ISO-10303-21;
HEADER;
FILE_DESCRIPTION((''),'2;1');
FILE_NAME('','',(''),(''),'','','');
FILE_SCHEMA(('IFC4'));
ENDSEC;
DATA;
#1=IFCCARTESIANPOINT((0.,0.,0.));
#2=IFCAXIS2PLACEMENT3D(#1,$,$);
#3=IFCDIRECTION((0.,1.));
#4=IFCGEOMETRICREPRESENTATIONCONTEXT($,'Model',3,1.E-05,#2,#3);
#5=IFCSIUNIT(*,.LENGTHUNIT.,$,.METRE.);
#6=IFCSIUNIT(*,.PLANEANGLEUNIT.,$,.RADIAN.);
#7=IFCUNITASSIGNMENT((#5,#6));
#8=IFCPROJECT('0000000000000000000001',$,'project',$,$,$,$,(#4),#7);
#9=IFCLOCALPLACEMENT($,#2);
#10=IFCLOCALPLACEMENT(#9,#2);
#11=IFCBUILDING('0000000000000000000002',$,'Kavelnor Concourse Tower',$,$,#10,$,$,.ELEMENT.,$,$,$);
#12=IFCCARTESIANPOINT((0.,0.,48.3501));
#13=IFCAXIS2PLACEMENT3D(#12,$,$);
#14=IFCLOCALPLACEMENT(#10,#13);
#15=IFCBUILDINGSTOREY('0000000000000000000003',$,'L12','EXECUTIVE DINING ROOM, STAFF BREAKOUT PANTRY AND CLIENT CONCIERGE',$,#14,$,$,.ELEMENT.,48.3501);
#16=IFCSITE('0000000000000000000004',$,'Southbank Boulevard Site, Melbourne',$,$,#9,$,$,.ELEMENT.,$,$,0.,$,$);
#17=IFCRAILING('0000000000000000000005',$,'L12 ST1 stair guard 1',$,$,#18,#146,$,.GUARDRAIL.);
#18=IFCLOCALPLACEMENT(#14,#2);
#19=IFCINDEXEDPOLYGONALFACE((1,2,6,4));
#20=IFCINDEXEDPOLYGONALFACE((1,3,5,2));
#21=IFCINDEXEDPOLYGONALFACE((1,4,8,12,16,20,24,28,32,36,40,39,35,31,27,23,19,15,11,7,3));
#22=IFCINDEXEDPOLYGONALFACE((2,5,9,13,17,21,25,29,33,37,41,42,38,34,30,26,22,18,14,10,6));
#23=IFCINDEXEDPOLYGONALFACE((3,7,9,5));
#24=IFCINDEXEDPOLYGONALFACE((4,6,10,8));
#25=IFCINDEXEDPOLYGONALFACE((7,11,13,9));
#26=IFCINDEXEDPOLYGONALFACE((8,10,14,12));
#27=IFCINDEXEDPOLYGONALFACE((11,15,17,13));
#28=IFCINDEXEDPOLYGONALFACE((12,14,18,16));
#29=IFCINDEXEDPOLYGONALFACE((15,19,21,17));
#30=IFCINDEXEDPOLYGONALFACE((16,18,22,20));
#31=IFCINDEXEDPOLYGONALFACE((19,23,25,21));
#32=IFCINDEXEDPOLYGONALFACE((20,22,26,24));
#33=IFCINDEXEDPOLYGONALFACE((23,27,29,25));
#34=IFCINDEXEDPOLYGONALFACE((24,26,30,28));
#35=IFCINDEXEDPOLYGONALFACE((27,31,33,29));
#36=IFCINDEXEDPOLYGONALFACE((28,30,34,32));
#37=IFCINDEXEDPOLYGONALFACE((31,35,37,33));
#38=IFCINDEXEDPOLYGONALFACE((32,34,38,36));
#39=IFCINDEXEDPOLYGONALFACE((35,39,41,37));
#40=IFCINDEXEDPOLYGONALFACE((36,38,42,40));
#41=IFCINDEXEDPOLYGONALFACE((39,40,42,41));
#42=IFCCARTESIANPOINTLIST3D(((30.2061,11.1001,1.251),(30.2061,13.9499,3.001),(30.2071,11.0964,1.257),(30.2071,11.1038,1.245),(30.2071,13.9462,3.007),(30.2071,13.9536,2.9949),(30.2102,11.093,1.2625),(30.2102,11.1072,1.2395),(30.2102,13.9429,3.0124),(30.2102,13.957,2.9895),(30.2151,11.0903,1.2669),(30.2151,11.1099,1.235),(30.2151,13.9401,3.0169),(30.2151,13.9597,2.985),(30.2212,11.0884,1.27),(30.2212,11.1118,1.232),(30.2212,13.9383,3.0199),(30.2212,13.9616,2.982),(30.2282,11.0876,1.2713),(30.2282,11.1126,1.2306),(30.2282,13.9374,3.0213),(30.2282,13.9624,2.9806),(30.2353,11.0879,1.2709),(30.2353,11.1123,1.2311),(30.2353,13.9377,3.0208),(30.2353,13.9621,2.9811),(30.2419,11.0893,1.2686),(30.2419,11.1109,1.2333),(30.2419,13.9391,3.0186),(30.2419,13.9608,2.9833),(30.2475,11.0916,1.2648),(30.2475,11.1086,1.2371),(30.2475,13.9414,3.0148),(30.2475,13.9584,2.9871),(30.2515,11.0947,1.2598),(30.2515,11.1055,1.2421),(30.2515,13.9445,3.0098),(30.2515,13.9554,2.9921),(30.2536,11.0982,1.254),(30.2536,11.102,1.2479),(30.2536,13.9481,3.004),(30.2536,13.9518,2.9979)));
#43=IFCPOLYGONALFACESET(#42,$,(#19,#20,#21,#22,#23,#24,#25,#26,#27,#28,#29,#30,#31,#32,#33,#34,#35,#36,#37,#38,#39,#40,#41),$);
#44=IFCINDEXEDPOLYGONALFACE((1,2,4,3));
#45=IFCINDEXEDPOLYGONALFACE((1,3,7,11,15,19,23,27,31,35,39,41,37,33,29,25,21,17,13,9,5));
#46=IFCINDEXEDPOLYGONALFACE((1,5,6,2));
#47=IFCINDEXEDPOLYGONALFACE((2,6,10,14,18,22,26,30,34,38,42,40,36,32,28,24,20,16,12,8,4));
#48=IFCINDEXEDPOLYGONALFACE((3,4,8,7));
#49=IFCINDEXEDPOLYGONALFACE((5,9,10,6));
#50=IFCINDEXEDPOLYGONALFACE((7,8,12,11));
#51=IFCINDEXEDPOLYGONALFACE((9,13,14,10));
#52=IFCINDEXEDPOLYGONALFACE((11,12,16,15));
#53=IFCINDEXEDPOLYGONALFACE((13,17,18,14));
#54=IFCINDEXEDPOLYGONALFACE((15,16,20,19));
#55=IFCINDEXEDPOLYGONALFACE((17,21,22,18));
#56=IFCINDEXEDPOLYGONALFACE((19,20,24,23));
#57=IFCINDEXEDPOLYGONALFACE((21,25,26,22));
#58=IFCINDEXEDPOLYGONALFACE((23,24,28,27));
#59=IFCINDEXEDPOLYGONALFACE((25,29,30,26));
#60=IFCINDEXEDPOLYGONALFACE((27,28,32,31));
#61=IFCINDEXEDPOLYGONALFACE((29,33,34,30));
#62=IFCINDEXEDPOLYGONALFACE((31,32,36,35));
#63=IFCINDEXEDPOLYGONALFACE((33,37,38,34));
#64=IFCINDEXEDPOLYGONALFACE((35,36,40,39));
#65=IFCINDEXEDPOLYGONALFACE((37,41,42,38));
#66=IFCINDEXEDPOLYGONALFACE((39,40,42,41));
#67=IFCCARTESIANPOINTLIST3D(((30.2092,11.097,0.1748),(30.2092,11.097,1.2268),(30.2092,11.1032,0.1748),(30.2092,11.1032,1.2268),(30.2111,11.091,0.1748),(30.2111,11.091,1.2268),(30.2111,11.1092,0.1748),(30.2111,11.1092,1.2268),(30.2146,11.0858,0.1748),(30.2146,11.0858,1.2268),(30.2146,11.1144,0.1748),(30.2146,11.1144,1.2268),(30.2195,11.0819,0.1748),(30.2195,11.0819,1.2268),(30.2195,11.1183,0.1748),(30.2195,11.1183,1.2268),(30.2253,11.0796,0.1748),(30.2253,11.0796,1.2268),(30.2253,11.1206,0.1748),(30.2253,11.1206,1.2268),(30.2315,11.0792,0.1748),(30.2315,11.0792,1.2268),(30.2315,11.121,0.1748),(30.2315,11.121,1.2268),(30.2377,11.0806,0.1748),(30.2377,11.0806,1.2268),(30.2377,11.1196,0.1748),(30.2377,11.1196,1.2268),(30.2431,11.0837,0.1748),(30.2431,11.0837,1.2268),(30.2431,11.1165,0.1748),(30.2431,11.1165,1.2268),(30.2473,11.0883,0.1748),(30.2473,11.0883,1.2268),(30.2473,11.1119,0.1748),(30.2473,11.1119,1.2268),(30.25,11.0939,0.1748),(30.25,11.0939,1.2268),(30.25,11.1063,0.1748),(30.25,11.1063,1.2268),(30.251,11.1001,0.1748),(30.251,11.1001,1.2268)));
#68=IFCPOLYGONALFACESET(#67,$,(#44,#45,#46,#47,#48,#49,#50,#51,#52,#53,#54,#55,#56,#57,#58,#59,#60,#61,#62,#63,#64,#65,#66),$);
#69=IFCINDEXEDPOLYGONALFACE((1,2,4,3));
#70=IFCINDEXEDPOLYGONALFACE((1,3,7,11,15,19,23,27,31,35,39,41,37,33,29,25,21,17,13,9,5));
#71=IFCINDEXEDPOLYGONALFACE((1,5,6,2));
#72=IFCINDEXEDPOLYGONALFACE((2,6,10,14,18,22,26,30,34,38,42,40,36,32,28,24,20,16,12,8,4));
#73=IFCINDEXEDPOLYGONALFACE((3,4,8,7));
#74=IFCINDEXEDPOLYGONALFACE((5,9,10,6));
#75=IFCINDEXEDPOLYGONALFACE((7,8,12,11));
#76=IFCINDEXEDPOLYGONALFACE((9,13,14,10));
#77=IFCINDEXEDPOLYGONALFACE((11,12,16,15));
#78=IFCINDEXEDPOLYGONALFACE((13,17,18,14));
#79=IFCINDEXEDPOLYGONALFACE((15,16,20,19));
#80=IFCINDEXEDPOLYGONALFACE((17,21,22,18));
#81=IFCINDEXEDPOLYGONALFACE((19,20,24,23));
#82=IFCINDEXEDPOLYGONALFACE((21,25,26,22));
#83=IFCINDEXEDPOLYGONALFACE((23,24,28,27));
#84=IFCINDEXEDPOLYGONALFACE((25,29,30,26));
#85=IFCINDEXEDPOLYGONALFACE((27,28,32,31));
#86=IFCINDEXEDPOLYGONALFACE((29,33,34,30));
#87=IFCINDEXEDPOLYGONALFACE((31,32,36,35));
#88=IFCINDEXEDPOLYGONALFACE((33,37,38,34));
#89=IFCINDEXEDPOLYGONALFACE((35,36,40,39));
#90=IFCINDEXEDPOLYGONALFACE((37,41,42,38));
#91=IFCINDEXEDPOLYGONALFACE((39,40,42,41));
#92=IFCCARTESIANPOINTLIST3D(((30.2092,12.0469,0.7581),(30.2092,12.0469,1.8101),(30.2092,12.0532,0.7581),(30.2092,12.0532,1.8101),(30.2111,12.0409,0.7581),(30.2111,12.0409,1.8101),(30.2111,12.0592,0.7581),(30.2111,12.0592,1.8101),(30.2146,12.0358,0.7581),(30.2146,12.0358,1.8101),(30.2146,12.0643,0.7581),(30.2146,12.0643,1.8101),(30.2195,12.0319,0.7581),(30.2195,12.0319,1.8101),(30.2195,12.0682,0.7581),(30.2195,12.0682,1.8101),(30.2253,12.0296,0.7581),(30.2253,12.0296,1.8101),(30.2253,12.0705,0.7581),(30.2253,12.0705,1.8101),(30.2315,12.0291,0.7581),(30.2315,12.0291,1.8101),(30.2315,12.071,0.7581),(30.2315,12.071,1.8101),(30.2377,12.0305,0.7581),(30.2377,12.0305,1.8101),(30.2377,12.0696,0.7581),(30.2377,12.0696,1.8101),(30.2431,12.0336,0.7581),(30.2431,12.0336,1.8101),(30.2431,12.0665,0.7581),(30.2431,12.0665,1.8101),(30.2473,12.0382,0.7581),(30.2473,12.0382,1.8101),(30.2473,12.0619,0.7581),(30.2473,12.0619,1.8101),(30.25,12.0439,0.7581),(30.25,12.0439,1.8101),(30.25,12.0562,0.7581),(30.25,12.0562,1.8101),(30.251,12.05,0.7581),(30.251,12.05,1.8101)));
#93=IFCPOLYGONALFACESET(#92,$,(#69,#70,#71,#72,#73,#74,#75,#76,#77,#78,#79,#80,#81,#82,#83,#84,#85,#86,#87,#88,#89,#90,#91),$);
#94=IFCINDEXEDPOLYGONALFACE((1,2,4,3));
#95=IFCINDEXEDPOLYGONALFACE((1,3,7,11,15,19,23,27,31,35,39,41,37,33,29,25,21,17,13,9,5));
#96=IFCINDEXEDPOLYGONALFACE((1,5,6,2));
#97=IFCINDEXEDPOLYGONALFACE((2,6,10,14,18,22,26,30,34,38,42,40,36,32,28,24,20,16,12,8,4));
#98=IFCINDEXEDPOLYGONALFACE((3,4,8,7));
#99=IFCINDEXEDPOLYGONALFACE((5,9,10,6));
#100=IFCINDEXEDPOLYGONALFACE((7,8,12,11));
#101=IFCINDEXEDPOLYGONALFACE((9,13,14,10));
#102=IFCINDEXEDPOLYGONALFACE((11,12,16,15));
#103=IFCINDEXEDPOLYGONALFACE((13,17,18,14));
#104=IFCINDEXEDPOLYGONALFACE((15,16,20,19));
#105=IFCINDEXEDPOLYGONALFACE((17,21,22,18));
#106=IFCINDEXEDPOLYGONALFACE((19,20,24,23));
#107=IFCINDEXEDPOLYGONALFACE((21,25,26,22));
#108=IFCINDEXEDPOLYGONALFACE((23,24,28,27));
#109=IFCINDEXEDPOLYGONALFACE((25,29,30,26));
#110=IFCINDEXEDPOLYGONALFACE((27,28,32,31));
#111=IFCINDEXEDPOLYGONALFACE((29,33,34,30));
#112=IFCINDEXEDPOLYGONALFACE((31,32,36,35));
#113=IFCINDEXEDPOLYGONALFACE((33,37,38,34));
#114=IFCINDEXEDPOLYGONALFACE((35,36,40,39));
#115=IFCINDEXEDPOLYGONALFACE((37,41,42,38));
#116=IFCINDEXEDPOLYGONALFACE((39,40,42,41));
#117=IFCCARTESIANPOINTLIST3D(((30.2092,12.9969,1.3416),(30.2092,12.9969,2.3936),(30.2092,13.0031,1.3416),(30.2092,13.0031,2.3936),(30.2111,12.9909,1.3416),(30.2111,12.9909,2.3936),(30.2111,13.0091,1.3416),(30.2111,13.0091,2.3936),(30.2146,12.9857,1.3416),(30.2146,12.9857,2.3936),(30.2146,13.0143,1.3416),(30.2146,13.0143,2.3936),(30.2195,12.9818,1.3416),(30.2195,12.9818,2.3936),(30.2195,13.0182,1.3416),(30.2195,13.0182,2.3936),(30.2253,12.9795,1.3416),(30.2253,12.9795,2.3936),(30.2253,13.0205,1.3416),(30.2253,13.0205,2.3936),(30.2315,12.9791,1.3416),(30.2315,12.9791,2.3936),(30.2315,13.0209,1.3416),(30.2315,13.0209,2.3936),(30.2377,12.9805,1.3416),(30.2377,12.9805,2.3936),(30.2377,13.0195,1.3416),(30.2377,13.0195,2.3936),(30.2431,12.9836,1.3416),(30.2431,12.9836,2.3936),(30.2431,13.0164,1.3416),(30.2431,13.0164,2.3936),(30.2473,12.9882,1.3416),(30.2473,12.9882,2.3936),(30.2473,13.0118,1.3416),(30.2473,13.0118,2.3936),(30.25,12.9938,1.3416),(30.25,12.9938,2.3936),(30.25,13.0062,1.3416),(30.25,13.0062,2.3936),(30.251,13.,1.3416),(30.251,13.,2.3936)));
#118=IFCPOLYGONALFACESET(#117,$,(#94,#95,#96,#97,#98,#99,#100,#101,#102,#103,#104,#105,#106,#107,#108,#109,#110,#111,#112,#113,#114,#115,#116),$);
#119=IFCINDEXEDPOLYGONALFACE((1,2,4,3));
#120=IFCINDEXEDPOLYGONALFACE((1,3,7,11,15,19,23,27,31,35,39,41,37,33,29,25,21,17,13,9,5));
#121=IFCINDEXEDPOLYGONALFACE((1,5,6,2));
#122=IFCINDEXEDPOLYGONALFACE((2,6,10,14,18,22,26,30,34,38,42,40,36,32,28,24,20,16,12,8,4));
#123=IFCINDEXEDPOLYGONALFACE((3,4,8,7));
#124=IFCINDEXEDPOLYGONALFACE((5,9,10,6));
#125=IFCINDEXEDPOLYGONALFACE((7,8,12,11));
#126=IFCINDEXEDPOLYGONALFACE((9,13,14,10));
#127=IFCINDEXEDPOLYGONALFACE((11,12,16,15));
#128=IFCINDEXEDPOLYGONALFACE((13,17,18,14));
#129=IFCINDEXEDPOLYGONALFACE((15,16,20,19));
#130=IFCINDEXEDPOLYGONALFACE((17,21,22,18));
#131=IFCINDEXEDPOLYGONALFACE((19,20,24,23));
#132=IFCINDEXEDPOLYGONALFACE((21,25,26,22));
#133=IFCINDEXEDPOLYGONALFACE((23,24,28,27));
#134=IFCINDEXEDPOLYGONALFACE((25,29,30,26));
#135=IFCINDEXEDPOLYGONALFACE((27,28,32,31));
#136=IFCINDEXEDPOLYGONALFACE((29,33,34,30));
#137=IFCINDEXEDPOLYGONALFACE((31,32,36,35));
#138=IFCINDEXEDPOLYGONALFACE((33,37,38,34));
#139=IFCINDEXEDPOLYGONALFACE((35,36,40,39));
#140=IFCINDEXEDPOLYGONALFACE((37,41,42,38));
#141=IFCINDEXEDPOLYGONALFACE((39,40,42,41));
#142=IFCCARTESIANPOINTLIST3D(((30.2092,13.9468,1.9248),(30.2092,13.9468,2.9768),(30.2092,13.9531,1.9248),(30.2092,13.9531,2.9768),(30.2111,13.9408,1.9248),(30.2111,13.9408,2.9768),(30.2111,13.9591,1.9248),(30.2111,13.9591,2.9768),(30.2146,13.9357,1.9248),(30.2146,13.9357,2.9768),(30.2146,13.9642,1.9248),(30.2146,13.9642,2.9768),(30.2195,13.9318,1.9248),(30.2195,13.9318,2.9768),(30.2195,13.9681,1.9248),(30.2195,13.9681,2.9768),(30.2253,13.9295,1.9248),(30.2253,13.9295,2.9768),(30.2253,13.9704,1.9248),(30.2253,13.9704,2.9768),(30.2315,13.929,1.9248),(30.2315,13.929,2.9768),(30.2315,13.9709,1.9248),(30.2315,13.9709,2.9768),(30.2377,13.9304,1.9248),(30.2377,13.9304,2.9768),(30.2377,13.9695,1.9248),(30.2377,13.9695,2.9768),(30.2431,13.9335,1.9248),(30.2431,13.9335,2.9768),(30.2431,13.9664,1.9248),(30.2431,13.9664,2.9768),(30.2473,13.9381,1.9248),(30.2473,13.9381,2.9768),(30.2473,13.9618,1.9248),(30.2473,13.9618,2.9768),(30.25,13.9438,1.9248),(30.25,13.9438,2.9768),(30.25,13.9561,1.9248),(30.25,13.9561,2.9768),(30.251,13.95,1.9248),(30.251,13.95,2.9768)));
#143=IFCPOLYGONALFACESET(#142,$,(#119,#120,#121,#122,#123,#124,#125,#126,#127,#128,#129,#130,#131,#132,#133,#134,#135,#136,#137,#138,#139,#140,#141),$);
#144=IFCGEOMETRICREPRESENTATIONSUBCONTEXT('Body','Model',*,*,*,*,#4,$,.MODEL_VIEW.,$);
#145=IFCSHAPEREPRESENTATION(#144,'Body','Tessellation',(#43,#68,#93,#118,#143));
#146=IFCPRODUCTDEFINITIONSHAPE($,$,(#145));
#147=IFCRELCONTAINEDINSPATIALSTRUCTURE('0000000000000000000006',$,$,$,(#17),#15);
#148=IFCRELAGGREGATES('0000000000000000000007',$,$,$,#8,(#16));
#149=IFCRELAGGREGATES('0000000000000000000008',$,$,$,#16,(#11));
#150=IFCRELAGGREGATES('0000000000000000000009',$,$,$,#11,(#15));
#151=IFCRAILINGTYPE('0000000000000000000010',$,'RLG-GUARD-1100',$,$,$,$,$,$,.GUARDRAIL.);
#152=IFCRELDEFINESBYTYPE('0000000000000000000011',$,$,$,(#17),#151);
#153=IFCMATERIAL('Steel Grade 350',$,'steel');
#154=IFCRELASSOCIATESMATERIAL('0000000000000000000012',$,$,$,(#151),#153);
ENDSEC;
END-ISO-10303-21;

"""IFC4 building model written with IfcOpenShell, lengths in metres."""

from ifc_helpers import new_model, si_unit, direction, frame, origin, origin_2d, place, context, subcontext, project, spatial, circle, extrude, material, type_object, element, save


model = new_model("IFC4")

# Units and contexts
model_context = context("Model", 3, precision=1e-05, world=origin(), true_north=direction((0.0, 1.0)))
body_context = subcontext(model_context, "Body", "Model", "MODEL_VIEW")
ifc_project = project(units=[si_unit("LENGTHUNIT", "METRE"), si_unit("PLANEANGLEUNIT", "RADIAN")], contexts=[model_context])

# Site, building, storey
site_placement = place(None, origin())
site = spatial("IfcSite", under=ifc_project, at=site_placement, Name="Southbank Boulevard Site, Melbourne", CompositionType="ELEMENT", RefElevation=0.0)
building_placement = place(site_placement, origin())
building = spatial("IfcBuilding", under=site, at=building_placement, Name="Kavelnor Concourse Tower", CompositionType="ELEMENT")
storey_placement = place(building_placement, frame((0.0, 0.0, 48.3501)))
storey = spatial("IfcBuildingStorey", under=building, at=storey_placement, Name="L12", Description="EXECUTIVE DINING ROOM, STAFF BREAKOUT PANTRY AND CLIENT CONCIERGE", CompositionType="ELEMENT", Elevation=48.3501)

# Shared definitions
ifc_material_1 = material(Name="Steel Grade 350", Category="steel")

# Railing
railing_type_1 = type_object("IfcRailingType", Name="RLG-GUARD-1100", PredefinedType="GUARDRAIL", material=ifc_material_1)
railing_1_placement = place(storey_placement, frame((30.23, 11.1001, 0.1748)))
element("IfcRailing", 1, at=railing_1_placement, inside=storey, type_object=railing_type_1, Name="L12 ST1 stair guard 1", PredefinedType="GUARDRAIL", context=body_context, shape_type="SweptSolid", body=[
    extrude(circle(Radius=0.0239, at=origin_2d()), frame((0.0, 0.0, 1.0762), z_axis=(0.0, 0.852159, 0.523283), x_axis=(-1.0, 0.0, 0.0)), (0.0, 0.0, 1.0), 3.3442),
    extrude(circle(Radius=0.021, at=origin_2d()), origin(), (0.0, 0.0, 1.0), 1.052),
    extrude(circle(Radius=0.021, at=origin_2d()), frame((0.0, 0.95, 0.5833)), (0.0, 0.0, 1.0), 1.052),
    extrude(circle(Radius=0.021, at=origin_2d()), frame((0.0, 1.8999, 1.1667)), (0.0, 0.0, 1.0), 1.052),
    extrude(circle(Radius=0.021, at=origin_2d()), frame((0.0, 2.8499, 1.75)), (0.0, 0.0, 1.0), 1.052),
])

save(model, "model.ifc")
